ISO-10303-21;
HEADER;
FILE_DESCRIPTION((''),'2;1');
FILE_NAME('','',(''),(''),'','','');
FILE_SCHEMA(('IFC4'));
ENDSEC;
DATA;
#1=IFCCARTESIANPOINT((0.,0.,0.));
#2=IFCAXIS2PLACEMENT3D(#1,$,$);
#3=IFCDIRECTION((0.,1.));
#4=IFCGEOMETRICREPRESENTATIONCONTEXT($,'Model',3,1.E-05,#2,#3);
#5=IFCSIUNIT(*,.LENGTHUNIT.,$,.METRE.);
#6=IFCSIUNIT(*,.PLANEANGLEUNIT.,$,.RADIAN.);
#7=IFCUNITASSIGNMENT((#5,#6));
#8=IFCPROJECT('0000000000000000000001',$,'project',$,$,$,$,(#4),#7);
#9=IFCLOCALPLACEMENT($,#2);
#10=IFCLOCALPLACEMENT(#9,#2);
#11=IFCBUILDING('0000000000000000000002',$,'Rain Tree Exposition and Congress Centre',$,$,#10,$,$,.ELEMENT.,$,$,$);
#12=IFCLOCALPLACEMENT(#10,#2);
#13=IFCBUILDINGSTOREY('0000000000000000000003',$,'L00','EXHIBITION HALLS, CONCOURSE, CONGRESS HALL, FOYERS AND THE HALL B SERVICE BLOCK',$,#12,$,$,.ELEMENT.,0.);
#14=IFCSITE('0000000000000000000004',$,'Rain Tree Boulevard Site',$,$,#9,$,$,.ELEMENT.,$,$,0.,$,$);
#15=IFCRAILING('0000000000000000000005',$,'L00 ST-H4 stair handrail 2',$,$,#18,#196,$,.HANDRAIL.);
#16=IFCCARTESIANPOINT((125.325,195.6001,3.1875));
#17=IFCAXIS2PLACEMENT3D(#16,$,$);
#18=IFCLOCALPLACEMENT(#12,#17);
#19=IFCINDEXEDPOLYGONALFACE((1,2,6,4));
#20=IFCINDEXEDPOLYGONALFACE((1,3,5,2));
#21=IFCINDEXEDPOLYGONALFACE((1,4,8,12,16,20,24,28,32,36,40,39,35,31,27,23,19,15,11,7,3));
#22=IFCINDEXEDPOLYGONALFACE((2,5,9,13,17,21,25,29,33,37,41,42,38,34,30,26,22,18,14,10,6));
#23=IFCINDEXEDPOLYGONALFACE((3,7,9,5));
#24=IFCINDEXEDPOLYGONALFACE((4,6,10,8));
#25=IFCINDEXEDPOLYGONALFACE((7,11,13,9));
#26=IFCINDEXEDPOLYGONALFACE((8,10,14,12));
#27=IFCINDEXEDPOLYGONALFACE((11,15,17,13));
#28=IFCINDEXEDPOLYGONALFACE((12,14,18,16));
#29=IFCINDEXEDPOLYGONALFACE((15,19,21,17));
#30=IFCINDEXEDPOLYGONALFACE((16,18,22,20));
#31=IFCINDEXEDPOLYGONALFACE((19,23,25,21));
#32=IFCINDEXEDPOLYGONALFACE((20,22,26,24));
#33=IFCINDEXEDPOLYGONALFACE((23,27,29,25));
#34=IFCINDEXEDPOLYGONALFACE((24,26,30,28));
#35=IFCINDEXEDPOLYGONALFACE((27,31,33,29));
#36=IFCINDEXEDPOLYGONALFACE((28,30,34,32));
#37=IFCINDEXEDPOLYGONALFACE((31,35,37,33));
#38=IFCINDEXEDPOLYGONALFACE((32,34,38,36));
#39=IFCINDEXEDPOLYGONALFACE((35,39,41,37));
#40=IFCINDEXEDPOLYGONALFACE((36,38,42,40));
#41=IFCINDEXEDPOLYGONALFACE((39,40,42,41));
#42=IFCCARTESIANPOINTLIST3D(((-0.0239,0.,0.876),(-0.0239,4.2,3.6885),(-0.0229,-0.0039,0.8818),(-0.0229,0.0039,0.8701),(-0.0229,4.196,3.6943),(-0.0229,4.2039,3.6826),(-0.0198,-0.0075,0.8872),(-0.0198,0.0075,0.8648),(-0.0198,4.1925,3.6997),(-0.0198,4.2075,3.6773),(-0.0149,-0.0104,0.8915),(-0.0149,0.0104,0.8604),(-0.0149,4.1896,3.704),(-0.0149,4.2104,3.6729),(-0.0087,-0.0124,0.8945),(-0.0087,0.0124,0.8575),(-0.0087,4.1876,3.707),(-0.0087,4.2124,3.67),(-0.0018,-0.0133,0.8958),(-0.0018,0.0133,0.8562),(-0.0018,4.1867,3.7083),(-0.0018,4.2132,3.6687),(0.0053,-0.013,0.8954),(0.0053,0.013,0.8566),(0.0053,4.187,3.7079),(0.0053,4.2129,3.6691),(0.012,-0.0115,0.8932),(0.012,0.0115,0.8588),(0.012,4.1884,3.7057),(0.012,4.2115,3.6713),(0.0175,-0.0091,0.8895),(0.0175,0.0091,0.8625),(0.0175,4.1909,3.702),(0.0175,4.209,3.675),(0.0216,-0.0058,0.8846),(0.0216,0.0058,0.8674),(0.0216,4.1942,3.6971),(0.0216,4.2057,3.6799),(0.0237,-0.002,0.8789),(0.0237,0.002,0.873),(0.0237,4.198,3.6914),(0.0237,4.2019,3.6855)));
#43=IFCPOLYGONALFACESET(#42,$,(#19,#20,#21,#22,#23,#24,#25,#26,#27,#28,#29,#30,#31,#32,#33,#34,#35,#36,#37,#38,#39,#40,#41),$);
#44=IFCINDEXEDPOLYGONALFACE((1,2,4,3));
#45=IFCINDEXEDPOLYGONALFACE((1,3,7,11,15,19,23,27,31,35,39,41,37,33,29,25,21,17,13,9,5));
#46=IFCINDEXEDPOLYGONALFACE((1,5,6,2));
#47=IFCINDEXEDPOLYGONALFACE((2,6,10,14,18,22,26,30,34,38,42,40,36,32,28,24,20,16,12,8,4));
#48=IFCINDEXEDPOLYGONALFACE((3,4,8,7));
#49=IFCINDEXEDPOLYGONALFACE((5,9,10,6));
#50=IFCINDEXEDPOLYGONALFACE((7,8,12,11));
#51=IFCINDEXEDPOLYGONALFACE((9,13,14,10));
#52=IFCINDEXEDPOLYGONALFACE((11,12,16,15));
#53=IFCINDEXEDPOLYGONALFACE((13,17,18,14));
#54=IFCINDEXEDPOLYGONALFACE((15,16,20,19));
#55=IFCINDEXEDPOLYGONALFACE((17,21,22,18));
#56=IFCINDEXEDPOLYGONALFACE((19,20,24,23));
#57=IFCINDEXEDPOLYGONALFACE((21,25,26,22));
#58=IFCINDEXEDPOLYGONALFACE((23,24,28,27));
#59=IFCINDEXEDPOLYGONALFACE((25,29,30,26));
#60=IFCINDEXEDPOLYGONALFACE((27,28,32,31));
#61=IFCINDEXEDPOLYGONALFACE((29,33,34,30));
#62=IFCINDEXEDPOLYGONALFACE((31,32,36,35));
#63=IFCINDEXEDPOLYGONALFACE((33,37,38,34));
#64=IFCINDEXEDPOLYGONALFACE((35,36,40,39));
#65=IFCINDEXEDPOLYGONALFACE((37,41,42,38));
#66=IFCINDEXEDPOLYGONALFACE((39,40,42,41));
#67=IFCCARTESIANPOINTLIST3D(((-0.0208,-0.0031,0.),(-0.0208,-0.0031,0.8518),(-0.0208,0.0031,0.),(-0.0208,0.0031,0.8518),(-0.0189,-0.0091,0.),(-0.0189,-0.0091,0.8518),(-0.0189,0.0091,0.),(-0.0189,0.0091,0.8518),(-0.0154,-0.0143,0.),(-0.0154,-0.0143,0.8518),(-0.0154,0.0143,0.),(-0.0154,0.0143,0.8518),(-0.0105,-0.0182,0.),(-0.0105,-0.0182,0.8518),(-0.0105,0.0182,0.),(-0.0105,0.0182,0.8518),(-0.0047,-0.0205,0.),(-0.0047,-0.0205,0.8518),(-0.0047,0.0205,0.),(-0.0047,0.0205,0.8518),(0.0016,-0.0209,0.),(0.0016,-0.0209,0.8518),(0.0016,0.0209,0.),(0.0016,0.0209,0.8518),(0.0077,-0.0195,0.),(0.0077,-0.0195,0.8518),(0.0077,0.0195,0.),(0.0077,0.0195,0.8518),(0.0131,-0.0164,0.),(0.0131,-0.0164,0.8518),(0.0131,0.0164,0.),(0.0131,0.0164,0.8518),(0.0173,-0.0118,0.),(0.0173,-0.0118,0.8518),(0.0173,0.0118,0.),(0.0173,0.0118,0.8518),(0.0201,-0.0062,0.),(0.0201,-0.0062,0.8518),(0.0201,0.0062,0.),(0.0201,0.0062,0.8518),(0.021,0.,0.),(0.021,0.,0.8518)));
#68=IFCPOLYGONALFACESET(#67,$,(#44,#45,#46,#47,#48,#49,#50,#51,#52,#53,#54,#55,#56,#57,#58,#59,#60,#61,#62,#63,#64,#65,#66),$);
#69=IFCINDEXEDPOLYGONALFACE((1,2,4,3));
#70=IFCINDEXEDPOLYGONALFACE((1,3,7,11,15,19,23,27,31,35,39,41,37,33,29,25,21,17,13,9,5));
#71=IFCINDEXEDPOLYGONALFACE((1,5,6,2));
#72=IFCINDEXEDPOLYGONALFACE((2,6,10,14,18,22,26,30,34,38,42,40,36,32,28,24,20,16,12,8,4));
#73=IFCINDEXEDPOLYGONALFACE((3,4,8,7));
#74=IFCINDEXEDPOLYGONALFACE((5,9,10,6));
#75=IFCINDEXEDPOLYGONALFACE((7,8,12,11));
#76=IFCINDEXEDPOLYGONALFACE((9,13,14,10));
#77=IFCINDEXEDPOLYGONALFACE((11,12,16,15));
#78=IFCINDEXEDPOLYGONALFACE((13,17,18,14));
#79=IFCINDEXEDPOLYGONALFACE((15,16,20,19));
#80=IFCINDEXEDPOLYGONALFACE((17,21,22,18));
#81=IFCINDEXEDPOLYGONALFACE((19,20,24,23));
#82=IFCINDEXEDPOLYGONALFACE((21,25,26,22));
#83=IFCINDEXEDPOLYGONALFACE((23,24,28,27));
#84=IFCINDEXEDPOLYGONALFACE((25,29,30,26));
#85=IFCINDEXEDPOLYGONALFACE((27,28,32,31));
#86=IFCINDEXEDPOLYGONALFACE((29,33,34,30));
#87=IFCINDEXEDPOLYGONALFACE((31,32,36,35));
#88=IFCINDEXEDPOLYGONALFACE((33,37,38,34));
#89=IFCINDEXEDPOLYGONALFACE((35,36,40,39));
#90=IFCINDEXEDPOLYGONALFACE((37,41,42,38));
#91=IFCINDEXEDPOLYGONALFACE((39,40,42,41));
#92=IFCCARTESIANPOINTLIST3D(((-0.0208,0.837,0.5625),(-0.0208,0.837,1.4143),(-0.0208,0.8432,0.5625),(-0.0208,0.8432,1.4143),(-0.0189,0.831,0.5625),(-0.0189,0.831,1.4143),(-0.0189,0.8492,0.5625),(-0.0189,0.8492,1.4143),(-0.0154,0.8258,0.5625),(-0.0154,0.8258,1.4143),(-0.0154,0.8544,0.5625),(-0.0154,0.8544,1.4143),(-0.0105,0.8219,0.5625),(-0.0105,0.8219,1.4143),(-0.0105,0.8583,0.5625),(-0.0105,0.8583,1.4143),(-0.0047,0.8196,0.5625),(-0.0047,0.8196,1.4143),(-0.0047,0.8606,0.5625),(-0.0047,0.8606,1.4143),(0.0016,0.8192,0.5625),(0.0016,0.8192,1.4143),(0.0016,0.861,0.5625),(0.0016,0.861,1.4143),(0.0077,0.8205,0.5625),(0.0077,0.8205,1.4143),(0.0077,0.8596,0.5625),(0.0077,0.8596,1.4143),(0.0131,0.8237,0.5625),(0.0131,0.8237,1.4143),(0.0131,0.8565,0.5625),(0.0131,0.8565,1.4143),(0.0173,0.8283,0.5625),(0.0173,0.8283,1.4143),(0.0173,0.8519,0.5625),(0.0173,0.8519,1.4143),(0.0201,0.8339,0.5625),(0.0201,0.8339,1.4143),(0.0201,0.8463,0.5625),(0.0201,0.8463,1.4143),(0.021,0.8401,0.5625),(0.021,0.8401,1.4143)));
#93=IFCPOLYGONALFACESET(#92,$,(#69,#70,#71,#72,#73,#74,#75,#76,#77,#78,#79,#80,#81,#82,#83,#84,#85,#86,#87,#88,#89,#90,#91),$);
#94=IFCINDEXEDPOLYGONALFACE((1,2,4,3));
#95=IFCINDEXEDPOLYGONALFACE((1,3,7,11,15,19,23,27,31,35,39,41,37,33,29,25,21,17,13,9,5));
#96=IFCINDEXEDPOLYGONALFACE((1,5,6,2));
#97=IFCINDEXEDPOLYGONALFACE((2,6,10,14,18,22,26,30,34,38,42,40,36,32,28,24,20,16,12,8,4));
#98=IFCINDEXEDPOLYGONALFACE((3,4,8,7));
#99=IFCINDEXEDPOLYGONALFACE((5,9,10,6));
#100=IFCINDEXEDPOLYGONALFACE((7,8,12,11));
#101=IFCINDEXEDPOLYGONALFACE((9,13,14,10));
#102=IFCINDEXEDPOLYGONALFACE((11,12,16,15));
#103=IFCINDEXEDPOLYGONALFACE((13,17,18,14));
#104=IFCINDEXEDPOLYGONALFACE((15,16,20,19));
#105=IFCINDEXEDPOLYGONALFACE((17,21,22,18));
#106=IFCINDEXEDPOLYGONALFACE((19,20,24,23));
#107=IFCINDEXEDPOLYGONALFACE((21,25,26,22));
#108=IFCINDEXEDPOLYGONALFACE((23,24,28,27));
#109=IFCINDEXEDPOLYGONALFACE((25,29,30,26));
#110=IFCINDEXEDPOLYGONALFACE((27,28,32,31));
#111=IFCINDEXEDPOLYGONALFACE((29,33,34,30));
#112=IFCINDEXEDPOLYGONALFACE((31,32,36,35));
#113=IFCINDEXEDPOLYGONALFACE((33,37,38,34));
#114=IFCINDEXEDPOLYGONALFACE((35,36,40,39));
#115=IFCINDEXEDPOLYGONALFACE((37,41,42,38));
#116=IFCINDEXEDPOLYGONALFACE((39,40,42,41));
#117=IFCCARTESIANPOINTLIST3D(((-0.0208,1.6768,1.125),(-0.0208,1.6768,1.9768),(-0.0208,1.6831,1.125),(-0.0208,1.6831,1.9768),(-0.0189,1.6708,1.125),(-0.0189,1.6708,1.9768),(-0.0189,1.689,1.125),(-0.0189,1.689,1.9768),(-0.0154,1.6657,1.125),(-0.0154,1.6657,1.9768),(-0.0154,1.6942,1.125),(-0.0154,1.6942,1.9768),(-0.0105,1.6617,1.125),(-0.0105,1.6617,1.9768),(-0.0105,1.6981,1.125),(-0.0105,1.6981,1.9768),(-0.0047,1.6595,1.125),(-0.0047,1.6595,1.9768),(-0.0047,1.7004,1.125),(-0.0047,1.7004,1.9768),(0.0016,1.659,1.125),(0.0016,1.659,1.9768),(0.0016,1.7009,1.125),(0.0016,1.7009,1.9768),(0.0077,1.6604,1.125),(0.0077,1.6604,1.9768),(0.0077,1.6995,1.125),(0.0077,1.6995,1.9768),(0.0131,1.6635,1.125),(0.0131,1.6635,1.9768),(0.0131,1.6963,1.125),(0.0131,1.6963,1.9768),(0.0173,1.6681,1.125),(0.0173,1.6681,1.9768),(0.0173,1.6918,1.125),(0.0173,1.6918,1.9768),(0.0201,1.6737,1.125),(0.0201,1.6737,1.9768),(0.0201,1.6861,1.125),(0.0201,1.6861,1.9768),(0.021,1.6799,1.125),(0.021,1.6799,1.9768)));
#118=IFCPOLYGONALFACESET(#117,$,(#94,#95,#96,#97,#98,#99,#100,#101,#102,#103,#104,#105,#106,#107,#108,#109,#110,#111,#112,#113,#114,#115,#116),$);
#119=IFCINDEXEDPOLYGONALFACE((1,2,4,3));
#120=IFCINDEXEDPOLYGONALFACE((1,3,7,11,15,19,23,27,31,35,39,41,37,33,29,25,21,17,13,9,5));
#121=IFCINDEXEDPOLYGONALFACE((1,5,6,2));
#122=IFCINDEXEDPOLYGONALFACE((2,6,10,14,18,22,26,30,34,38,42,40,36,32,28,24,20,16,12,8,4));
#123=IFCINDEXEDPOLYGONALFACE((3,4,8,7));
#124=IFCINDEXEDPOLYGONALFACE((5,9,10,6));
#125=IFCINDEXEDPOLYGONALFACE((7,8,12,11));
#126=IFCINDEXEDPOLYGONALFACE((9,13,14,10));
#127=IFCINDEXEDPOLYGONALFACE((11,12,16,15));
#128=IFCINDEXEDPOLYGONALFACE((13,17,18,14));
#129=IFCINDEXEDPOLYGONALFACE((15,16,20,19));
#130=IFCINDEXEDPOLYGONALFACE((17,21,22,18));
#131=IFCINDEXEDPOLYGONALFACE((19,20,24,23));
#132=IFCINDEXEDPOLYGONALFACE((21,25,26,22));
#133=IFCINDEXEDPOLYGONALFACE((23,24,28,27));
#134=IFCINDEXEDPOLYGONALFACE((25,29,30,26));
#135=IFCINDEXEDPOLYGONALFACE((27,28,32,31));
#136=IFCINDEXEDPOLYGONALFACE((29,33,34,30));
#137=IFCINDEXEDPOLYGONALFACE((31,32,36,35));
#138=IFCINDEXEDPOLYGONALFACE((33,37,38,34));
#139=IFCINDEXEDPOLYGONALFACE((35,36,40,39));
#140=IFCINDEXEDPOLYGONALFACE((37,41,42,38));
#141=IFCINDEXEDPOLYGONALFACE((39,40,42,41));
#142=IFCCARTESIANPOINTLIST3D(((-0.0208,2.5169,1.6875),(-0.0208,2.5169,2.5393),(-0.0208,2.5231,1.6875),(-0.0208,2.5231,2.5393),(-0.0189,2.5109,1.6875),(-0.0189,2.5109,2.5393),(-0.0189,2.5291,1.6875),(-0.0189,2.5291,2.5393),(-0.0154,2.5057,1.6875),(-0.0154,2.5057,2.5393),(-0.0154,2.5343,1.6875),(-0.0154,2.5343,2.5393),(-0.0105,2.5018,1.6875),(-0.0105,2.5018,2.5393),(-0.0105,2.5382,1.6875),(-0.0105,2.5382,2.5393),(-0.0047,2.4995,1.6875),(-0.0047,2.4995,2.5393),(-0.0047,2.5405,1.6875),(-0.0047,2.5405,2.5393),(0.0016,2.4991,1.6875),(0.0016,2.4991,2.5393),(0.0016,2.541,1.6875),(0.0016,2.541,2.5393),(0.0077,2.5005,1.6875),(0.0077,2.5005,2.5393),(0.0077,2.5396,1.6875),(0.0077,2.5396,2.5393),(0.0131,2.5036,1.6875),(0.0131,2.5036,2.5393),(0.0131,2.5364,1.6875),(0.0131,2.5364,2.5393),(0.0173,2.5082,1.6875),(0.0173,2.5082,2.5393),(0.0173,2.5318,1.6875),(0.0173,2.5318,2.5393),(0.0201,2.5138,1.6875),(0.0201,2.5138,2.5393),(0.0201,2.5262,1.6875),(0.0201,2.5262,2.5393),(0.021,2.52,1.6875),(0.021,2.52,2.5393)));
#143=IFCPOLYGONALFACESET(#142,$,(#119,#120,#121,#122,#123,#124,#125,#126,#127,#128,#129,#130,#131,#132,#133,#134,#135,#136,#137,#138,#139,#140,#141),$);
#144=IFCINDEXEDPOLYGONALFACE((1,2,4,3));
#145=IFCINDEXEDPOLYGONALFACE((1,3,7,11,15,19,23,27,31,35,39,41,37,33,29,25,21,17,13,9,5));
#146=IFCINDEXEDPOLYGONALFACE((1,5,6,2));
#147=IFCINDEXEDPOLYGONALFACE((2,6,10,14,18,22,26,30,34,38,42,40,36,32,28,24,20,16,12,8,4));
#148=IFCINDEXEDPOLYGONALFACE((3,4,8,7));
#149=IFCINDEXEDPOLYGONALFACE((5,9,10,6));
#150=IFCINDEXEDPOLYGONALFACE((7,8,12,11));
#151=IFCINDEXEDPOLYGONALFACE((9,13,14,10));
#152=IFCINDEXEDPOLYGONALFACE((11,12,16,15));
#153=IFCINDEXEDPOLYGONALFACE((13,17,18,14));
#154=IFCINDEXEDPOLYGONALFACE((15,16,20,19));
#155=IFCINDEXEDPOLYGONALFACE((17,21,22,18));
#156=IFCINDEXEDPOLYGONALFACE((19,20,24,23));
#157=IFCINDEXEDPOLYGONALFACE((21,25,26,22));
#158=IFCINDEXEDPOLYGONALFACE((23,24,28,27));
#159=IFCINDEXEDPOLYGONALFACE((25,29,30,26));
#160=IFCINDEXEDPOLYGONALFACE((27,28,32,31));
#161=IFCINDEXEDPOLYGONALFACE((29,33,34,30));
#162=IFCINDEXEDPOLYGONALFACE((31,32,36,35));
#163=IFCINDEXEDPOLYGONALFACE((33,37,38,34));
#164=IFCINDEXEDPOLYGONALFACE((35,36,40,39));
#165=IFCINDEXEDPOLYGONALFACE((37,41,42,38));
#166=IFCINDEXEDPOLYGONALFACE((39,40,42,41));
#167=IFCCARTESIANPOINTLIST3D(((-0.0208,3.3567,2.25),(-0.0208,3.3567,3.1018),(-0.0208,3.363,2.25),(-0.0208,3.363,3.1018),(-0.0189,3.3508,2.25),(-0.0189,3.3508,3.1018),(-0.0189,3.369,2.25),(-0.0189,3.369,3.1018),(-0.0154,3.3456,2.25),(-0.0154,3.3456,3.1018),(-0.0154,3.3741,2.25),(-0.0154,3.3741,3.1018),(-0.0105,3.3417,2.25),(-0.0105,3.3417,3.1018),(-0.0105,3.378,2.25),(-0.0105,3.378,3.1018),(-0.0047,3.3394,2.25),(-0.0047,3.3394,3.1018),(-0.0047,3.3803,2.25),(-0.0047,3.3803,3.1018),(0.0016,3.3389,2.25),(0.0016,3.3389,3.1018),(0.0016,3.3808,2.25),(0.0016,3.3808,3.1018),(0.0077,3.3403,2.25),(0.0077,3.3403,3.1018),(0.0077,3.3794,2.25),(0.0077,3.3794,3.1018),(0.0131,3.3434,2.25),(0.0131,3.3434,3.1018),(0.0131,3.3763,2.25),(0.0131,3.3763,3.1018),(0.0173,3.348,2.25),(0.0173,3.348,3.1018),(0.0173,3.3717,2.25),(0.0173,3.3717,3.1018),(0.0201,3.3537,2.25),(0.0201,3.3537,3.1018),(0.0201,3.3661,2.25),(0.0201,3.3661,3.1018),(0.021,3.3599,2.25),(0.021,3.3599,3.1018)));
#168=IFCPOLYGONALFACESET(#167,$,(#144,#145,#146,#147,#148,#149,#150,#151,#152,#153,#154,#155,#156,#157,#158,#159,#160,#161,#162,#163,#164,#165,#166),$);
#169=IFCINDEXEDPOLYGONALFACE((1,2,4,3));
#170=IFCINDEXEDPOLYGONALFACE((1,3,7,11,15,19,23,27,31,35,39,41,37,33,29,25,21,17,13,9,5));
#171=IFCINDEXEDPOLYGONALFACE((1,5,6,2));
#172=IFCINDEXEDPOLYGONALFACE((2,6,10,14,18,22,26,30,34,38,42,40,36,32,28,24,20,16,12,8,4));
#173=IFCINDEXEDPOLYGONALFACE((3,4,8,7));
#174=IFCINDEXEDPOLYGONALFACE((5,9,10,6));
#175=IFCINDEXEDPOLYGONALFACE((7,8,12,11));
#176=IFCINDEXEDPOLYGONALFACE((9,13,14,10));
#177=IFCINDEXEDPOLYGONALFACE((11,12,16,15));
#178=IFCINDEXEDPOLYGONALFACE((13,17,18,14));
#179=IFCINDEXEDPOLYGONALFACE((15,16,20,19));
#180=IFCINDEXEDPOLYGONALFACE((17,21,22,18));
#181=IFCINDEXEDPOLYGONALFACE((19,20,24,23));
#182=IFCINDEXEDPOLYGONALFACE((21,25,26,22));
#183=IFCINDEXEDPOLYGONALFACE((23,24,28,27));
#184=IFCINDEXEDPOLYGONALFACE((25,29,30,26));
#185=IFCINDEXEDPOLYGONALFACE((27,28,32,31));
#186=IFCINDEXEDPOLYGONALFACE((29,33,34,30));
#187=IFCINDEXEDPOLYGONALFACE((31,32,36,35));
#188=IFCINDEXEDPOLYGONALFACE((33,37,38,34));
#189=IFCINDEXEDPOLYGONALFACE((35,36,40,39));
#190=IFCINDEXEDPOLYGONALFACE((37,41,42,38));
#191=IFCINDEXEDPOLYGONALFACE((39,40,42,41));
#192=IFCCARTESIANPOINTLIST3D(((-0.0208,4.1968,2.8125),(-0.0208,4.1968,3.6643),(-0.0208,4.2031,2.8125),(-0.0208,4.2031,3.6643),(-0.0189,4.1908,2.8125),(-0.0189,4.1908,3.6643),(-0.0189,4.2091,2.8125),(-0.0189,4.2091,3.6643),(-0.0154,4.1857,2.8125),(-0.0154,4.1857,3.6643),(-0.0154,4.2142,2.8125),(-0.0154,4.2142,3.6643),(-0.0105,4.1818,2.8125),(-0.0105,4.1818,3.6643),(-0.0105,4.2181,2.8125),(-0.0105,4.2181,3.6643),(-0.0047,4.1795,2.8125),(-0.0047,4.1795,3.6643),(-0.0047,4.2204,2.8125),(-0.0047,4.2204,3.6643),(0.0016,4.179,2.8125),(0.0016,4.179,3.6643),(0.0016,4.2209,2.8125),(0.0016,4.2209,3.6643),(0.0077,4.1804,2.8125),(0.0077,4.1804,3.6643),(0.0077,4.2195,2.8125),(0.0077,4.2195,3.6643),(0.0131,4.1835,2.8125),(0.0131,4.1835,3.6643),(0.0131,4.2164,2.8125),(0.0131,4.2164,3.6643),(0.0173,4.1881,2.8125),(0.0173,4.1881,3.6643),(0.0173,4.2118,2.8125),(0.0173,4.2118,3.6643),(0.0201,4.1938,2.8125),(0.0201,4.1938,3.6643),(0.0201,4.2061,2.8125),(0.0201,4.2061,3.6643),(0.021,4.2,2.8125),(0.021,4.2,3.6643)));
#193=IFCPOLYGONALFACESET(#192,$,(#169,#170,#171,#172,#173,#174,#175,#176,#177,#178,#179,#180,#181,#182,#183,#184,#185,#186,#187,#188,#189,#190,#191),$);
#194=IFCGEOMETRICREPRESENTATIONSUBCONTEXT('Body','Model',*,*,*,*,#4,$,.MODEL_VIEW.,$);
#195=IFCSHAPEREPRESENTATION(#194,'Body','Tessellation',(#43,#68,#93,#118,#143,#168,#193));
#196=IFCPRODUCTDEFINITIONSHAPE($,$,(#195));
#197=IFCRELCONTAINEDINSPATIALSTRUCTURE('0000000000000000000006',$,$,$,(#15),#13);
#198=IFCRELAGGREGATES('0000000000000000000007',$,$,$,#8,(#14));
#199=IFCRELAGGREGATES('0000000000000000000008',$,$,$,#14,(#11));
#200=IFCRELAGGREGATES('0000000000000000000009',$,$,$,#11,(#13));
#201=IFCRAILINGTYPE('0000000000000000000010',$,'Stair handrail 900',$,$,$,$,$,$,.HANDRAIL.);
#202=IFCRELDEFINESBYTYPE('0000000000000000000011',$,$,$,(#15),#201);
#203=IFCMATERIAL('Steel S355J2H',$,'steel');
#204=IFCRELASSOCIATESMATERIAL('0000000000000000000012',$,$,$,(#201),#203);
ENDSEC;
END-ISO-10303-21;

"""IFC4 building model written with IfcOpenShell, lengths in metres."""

from ifc_helpers import new_model, si_unit, direction, frame, origin, origin_2d, place, context, subcontext, project, spatial, circle, extrude, material, type_object, element, save


model = new_model("IFC4")

# Units and contexts
model_context = context("Model", 3, precision=1e-05, world=origin(), true_north=direction((0.0, 1.0)))
body_context = subcontext(model_context, "Body", "Model", "MODEL_VIEW")
ifc_project = project(units=[si_unit("LENGTHUNIT", "METRE"), si_unit("PLANEANGLEUNIT", "RADIAN")], contexts=[model_context])

# Site, building, storey
site_placement = place(None, origin())
site = spatial("IfcSite", under=ifc_project, at=site_placement, Name="Rain Tree Boulevard Site", CompositionType="ELEMENT", RefElevation=0.0)
building_placement = place(site_placement, origin())
building = spatial("IfcBuilding", under=site, at=building_placement, Name="Rain Tree Exposition and Congress Centre", CompositionType="ELEMENT")
storey_placement = place(building_placement, origin())
storey = spatial("IfcBuildingStorey", under=building, at=storey_placement, Name="L00", Description="EXHIBITION HALLS, CONCOURSE, CONGRESS HALL, FOYERS AND THE HALL B SERVICE BLOCK", CompositionType="ELEMENT", Elevation=0.0)

# Railing
ifc_material_1 = material(Name="Steel S355J2H", Category="steel")
railing_type_1 = type_object("IfcRailingType", Name="Stair handrail 900", PredefinedType="HANDRAIL", material=ifc_material_1)
railing_1_placement = place(storey_placement, frame((125.325, 195.6001, 3.1875)))
element("IfcRailing", 1, at=railing_1_placement, inside=storey, type_object=railing_type_1, Name="L00 ST-H4 stair handrail 2", PredefinedType="HANDRAIL", context=body_context, shape_type="SweptSolid", body=[
    extrude(circle(Radius=0.0239, at=origin_2d()), frame((0.0, 0.0, 0.876), z_axis=(0.0, 0.830904, 0.556416), x_axis=(-1.0, 0.0, 0.0)), (0.0, 0.0, 1.0), 5.0547),
    extrude(circle(Radius=0.021, at=origin_2d()), origin(), (0.0, 0.0, 1.0), 0.8518),
    extrude(circle(Radius=0.021, at=origin_2d()), frame((0.0, 0.8401, 0.5625)), (0.0, 0.0, 1.0), 0.8518),
    extrude(circle(Radius=0.021, at=origin_2d()), frame((0.0, 1.6799, 1.125)), (0.0, 0.0, 1.0), 0.8518),
    extrude(circle(Radius=0.021, at=origin_2d()), frame((0.0, 2.52, 1.6875)), (0.0, 0.0, 1.0), 0.8518),
    extrude(circle(Radius=0.021, at=origin_2d()), frame((0.0, 3.3599, 2.25)), (0.0, 0.0, 1.0), 0.8518),
    extrude(circle(Radius=0.021, at=origin_2d()), frame((0.0, 4.2, 2.8125)), (0.0, 0.0, 1.0), 0.8518),
])

save(model, "model.ifc")
